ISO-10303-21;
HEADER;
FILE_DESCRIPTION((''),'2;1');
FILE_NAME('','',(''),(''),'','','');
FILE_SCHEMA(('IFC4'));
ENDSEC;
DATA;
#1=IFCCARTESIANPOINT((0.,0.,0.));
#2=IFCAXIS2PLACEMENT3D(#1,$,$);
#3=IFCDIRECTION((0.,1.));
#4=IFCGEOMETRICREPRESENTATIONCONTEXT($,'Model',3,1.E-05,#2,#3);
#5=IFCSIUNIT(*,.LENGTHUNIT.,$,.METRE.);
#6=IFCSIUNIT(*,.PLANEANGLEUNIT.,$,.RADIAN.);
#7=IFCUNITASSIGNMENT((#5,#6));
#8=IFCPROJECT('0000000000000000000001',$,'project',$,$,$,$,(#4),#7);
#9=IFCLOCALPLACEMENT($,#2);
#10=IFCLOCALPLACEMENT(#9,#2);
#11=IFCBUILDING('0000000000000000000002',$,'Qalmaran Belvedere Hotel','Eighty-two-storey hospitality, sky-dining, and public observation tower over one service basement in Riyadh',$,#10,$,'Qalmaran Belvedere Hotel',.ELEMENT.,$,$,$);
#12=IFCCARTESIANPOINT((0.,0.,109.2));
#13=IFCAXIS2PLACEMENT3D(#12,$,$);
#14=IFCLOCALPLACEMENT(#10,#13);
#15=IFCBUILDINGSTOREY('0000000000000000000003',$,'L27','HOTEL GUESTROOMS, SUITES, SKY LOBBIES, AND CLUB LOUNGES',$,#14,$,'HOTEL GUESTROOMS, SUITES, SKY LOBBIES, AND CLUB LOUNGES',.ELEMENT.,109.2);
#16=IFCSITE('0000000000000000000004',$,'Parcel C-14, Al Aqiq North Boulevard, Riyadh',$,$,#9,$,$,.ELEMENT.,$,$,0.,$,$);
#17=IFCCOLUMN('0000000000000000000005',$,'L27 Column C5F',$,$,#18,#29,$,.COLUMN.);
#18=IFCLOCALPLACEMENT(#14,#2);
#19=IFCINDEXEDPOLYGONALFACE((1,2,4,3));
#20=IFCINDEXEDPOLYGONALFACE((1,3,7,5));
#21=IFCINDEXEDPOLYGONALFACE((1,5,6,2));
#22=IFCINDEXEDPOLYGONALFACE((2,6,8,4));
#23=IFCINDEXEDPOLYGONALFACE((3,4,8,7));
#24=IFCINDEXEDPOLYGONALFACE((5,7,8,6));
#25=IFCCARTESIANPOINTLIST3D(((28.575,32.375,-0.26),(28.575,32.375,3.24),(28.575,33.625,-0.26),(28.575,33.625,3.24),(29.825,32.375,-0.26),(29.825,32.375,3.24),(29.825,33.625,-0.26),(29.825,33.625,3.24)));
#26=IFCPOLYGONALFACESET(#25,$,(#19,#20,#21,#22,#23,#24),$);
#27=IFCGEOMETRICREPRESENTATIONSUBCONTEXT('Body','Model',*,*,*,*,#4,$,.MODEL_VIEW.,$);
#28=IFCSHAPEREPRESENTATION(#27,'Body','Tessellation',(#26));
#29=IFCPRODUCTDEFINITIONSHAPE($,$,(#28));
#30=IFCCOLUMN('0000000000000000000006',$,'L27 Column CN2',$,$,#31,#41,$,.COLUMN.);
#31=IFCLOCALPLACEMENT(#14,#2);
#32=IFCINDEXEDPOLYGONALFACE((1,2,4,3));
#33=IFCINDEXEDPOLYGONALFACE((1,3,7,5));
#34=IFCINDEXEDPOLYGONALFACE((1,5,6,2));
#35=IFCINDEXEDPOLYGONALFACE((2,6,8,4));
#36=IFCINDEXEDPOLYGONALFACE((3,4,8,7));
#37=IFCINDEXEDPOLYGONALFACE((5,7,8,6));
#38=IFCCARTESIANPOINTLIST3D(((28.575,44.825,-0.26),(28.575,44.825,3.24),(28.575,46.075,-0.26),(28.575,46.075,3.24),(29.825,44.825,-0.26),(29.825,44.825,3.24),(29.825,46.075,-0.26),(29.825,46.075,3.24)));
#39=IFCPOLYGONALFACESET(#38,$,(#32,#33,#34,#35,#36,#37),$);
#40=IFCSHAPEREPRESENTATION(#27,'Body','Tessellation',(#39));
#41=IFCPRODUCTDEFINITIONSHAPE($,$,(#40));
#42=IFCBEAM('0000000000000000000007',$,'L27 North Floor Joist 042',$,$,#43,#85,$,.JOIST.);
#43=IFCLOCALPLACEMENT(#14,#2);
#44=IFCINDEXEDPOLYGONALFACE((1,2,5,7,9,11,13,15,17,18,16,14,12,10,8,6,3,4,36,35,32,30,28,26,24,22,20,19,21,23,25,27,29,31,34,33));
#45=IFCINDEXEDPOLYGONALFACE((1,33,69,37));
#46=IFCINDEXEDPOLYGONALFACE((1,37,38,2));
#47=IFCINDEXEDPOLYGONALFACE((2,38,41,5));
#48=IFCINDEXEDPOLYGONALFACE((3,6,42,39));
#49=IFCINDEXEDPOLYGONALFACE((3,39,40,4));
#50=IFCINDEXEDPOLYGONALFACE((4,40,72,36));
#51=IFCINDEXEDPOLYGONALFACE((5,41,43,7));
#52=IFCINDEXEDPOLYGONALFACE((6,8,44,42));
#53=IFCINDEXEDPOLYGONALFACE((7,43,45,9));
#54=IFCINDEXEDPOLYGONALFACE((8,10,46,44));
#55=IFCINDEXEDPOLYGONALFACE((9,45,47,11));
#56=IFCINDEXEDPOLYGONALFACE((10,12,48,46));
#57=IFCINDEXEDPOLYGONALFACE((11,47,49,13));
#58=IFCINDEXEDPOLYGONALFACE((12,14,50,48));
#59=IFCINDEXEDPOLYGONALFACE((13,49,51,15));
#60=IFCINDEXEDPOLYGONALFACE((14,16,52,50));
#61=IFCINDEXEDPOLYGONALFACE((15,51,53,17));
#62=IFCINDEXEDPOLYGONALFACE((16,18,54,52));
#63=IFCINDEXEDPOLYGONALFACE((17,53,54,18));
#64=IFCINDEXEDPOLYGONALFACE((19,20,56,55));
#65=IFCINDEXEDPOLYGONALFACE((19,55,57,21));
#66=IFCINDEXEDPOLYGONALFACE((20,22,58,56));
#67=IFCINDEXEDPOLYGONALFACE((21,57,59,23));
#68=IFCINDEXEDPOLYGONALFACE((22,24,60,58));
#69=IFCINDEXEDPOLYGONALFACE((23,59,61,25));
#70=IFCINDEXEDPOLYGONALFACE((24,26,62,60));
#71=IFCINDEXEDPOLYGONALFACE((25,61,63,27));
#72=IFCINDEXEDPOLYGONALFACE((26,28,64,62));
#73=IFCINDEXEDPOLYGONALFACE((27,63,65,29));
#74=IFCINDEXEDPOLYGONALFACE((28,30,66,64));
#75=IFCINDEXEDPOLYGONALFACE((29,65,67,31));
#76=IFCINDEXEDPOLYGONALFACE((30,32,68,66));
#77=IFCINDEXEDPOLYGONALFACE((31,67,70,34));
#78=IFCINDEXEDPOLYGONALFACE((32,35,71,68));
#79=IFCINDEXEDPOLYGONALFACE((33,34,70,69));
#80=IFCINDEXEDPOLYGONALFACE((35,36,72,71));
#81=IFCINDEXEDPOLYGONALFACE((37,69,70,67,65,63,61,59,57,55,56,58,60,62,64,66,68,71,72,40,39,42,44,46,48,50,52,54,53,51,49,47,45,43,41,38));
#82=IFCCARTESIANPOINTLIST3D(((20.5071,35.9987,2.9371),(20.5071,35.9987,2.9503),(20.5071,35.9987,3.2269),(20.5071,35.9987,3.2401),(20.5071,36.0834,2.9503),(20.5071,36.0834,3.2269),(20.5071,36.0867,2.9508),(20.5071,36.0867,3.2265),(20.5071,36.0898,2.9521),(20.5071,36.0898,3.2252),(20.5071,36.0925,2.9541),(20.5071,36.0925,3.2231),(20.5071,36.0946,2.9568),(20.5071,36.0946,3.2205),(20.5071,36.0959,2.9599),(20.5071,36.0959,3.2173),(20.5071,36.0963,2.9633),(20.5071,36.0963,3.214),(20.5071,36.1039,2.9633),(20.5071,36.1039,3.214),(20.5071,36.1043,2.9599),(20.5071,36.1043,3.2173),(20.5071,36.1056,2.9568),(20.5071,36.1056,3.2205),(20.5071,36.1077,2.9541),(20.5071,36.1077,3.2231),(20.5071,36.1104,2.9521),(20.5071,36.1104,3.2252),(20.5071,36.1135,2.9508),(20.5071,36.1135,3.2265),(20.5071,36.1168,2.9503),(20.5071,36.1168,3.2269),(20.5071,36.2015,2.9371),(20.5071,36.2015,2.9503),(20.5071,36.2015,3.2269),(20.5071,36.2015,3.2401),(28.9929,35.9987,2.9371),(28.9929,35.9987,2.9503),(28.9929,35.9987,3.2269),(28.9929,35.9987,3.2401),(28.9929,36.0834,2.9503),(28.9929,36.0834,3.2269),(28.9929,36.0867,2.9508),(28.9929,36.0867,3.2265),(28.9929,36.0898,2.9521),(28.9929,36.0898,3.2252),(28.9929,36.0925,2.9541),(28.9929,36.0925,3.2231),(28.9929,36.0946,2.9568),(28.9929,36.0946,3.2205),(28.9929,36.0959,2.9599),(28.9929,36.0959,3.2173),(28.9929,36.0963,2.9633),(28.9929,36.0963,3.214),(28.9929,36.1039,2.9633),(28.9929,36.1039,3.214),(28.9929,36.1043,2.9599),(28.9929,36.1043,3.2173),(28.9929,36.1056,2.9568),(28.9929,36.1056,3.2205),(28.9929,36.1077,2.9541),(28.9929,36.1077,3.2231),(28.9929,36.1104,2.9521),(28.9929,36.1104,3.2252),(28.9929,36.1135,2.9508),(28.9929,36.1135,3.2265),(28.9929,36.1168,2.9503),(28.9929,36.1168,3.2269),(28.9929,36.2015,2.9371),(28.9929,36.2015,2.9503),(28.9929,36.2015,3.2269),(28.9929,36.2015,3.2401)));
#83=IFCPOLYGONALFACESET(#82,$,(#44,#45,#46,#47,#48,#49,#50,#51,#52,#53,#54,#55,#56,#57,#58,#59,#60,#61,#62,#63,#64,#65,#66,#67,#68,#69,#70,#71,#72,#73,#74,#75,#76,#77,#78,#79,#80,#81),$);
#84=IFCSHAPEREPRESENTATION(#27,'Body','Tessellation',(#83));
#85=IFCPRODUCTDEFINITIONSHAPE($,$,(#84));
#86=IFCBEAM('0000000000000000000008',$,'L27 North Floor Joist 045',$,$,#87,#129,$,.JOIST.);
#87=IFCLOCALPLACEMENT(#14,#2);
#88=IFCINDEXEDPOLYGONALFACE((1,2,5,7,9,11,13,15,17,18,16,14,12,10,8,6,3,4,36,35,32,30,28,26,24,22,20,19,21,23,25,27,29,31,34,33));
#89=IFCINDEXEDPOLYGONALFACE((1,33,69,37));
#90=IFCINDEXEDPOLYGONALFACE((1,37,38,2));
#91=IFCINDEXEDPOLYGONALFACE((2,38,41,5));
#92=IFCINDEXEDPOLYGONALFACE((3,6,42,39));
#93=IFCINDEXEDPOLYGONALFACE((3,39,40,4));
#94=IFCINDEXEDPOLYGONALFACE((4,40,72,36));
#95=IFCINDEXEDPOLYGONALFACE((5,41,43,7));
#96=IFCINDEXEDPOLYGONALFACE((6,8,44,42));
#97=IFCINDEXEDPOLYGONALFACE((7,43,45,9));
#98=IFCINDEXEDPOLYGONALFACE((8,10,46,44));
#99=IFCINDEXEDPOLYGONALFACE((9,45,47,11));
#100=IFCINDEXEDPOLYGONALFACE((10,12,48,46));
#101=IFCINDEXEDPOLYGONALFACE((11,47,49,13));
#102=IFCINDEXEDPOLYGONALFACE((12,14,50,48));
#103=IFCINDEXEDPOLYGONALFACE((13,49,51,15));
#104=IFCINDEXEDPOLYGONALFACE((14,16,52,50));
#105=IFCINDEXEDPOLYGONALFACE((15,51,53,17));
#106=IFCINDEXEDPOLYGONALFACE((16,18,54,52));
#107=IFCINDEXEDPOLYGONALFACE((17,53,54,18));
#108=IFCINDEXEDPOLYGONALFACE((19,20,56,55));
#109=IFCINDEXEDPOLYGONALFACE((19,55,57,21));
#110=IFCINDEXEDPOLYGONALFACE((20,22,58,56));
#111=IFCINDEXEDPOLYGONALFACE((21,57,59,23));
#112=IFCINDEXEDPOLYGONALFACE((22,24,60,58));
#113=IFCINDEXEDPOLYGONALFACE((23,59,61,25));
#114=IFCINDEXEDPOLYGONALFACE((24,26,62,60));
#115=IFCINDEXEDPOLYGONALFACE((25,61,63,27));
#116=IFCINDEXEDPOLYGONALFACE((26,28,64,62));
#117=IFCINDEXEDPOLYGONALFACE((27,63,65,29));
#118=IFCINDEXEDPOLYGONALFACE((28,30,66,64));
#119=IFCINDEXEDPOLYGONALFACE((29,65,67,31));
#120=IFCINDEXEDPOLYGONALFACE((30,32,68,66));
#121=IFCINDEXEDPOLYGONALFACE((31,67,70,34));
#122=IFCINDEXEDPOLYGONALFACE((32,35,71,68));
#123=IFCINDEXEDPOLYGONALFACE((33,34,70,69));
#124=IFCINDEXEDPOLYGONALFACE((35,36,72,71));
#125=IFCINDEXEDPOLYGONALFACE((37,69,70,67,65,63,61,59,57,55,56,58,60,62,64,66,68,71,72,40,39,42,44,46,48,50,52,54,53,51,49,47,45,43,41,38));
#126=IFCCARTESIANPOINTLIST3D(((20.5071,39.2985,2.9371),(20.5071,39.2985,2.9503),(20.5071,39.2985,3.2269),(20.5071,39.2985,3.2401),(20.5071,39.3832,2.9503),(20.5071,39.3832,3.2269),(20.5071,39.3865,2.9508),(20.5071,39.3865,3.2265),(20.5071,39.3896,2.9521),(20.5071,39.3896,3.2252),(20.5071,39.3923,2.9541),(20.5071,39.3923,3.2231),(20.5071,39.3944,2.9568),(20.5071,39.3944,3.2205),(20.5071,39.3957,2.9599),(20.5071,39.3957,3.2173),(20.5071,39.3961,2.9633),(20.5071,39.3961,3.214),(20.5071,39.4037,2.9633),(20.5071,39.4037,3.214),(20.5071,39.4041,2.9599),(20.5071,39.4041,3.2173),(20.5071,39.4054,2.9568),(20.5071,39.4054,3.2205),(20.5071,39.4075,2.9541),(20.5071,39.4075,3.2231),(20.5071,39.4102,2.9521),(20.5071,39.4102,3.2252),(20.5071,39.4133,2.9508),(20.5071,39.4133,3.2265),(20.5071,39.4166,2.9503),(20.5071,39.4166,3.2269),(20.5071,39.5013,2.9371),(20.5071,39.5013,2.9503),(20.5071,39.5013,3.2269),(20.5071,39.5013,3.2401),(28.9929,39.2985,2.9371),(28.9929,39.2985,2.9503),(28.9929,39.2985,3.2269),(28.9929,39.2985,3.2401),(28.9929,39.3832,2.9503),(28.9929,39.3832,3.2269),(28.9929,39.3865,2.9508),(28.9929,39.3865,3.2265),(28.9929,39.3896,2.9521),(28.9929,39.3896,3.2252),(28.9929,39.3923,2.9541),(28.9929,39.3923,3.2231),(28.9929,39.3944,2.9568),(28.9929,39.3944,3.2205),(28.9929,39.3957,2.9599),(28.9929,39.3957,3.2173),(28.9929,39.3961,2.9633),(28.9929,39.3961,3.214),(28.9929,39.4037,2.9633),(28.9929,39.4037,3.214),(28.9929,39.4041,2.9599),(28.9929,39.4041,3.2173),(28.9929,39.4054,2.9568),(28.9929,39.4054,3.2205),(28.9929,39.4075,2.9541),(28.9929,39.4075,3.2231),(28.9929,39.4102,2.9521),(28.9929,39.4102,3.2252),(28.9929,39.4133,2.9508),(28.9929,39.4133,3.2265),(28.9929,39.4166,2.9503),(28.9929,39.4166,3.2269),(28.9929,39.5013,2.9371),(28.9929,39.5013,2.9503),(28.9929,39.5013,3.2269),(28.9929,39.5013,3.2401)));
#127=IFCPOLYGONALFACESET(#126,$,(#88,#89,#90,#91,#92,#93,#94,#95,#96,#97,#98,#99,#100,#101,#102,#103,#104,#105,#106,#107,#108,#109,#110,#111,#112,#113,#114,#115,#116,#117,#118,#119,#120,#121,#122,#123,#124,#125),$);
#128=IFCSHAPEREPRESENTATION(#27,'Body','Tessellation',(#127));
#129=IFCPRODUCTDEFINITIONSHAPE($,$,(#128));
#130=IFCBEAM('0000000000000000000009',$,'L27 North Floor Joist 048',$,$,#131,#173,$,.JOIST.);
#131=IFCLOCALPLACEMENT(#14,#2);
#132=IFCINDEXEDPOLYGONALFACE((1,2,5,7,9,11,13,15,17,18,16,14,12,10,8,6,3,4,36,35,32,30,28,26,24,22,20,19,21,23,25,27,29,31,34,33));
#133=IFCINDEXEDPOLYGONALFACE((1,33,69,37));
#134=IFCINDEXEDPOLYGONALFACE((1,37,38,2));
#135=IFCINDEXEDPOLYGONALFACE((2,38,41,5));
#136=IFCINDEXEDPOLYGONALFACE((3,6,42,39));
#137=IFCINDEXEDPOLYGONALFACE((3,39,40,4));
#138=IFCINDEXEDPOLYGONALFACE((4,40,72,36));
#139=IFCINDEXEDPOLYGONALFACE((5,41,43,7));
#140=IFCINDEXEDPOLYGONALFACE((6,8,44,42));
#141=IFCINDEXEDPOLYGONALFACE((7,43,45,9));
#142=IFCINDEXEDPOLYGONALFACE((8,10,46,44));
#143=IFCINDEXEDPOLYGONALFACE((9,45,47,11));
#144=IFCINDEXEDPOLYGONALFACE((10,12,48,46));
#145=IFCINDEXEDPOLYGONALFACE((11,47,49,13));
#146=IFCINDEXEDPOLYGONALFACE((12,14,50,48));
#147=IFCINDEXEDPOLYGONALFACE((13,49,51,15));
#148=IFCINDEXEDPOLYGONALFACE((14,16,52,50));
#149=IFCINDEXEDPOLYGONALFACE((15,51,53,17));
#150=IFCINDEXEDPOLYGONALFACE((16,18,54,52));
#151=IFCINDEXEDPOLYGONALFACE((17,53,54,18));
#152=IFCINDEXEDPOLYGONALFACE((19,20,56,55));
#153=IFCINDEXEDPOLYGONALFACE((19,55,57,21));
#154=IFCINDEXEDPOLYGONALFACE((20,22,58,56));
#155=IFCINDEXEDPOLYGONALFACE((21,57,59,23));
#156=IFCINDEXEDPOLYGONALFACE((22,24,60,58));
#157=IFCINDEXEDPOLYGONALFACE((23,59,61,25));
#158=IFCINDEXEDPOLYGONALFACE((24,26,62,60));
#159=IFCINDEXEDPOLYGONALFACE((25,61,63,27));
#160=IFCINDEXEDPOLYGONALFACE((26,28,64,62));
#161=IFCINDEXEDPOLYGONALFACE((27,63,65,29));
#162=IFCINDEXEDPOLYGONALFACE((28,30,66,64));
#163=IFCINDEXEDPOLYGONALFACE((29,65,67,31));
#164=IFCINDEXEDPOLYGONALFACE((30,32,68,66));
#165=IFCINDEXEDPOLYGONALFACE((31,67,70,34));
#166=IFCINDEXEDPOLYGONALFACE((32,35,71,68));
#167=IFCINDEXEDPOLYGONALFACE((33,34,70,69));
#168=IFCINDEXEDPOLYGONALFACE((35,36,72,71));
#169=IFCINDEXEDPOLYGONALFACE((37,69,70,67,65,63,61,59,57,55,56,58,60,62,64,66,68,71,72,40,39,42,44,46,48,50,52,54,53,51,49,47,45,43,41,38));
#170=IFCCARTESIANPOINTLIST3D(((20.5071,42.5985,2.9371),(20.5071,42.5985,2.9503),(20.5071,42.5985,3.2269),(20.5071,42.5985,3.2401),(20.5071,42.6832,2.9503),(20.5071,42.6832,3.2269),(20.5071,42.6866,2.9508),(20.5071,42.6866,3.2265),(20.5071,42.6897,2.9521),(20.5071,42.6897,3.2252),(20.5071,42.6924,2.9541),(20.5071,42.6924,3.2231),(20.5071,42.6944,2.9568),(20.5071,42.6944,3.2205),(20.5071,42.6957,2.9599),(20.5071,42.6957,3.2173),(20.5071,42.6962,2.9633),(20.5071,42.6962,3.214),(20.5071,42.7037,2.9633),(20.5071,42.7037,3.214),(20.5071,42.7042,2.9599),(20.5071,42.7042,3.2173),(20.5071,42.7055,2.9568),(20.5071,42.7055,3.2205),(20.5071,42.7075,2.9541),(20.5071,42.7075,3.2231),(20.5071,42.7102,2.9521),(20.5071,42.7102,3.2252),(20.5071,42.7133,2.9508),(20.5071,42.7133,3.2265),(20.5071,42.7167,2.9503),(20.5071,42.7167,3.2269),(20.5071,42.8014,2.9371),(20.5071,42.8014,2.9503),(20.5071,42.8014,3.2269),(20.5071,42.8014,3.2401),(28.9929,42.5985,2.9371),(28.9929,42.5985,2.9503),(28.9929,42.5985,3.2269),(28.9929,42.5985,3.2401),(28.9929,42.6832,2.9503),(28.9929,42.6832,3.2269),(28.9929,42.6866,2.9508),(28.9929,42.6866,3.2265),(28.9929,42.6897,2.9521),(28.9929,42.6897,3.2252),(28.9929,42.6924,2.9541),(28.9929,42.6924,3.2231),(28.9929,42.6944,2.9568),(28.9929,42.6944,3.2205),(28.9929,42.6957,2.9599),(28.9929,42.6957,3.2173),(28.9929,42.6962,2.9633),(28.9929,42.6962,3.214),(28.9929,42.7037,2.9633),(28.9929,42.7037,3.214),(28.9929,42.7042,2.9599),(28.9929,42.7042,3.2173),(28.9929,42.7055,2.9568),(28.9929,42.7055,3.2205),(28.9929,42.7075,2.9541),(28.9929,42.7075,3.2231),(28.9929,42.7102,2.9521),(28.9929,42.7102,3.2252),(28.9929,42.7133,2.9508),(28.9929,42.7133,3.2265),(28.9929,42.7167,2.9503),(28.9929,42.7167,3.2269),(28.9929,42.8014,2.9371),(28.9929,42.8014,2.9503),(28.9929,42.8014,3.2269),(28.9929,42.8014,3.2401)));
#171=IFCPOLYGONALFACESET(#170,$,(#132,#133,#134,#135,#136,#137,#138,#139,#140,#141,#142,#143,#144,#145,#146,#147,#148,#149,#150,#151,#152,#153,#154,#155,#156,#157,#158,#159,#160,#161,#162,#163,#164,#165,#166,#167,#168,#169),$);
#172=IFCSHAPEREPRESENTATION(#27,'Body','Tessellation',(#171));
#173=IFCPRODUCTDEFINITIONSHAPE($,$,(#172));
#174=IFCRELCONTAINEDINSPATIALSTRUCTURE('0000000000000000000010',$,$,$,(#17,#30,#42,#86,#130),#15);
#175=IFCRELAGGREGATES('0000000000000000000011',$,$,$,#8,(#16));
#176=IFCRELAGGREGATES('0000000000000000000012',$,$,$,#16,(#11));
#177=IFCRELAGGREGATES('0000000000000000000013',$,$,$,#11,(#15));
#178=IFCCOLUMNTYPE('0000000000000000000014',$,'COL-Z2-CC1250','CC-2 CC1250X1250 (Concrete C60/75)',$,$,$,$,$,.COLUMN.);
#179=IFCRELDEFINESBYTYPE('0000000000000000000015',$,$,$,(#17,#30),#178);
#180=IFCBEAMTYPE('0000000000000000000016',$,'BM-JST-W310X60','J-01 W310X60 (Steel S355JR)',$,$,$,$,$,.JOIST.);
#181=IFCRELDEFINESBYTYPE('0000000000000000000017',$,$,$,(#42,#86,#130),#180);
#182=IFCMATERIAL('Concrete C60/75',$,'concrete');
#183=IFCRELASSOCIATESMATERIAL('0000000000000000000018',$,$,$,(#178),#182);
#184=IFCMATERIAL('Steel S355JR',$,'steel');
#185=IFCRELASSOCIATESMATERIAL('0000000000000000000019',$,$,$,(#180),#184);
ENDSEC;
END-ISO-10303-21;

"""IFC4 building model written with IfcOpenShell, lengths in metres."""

from ifc_helpers import new_model, si_unit, direction, frame, origin, origin_2d, place, context, subcontext, project, spatial, rectangle, i_section, extrude, material, material_profile, profile_set, type_object, element, save


model = new_model("IFC4")

# Units and contexts
model_context = context("Model", 3, precision=1e-05, world=origin(), true_north=direction((0.0, 1.0)))
body_context = subcontext(model_context, "Body", "Model", "MODEL_VIEW")
ifc_project = project(units=[si_unit("LENGTHUNIT", "METRE"), si_unit("PLANEANGLEUNIT", "RADIAN")], contexts=[model_context])

# Site, building, storey
site_placement = place(None, origin())
site = spatial("IfcSite", under=ifc_project, at=site_placement, Name="Parcel C-14, Al Aqiq North Boulevard, Riyadh", CompositionType="ELEMENT", RefElevation=0.0)
building_placement = place(site_placement, origin())
building = spatial("IfcBuilding", under=site, at=building_placement, Name="Qalmaran Belvedere Hotel", Description="Eighty-two-storey hospitality, sky-dining, and public observation tower over one service basement in Riyadh", LongName="Qalmaran Belvedere Hotel", CompositionType="ELEMENT")
storey_placement = place(building_placement, frame((0.0, 0.0, 109.2)))
storey = spatial("IfcBuildingStorey", under=building, at=storey_placement, Name="L27", Description="HOTEL GUESTROOMS, SUITES, SKY LOBBIES, AND CLUB LOUNGES", LongName="HOTEL GUESTROOMS, SUITES, SKY LOBBIES, AND CLUB LOUNGES", CompositionType="ELEMENT", Elevation=109.2)

# Columns
ifc_material_1 = material(Name="Concrete C60/75", Category="concrete")
ifc_material_profile_1 = material_profile(ifc_material_1, rectangle(XDim=1.25, YDim=1.25, at=origin_2d()), Name="CC1250X1250")
ifc_profile_set_1 = profile_set([ifc_material_profile_1], Name="Concrete C60/75")
column_type = type_object("IfcColumnType", Name="COL-Z2-CC1250", Description="CC-2 CC1250X1250 (Concrete C60/75)", PredefinedType="COLUMN", material=ifc_profile_set_1)
for number, where, z_axis, x_axis, name in (
    (1, (29.2, 33.0, -0.26), (0.0, 0.0, 1.0), (1.0, 0.0, 0.0), "L27 Column C5F"),
    (2, (29.2, 45.45, -0.26), (0.0, 0.0, 1.0), (1.0, 0.0, 0.0), "L27 Column CN2"),
):
    element("IfcColumn", number, at=place(storey_placement, frame(where, z_axis=z_axis, x_axis=x_axis)), inside=storey, type_object=column_type, Name=name, PredefinedType="COLUMN", context=body_context, shape_type="SweptSolid", body=[
        extrude(rectangle(XDim=1.25, YDim=1.25, at=origin_2d()), origin(), (0.0, 0.0, 1.0), 3.5),
    ])

# Beams
ifc_material_2 = material(Name="Steel S355JR", Category="steel")
ifc_material_profile_2 = material_profile(ifc_material_2, i_section(OverallWidth=0.2029, OverallDepth=0.303, WebThickness=0.0076, FlangeThickness=0.0132, FilletRadius=0.0129, at=origin_2d()), Name="W310X60")
ifc_profile_set_2 = profile_set([ifc_material_profile_2], Name="Steel S355JR")
beam_type_1 = type_object("IfcBeamType", Name="BM-JST-W310X60", Description="J-01 W310X60 (Steel S355JR)", PredefinedType="JOIST", material=ifc_profile_set_2)
for number, where, z_axis, x_axis, name in (
    (3, (20.5071, 36.1001, 3.0886), (1.0, 0.0, 0.0), (0.0, 1.0, 0.0), "L27 North Floor Joist 042"),
    (4, (20.5071, 39.3999, 3.0886), (1.0, 0.0, 0.0), (0.0, 1.0, 0.0), "L27 North Floor Joist 045"),
    (5, (20.5071, 42.7, 3.0886), (1.0, 0.0, 0.0), (0.0, 1.0, 0.0), "L27 North Floor Joist 048"),
):
    element("IfcBeam", number, at=place(storey_placement, frame(where, z_axis=z_axis, x_axis=x_axis)), inside=storey, type_object=beam_type_1, Name=name, PredefinedType="JOIST", context=body_context, shape_type="SweptSolid", body=[
        extrude(i_section(OverallWidth=0.2029, OverallDepth=0.303, WebThickness=0.0076, FlangeThickness=0.0132, FilletRadius=0.0129, at=origin_2d()), origin(), (0.0, 0.0, 1.0), 8.4858),
    ])

save(model, "model.ifc")
